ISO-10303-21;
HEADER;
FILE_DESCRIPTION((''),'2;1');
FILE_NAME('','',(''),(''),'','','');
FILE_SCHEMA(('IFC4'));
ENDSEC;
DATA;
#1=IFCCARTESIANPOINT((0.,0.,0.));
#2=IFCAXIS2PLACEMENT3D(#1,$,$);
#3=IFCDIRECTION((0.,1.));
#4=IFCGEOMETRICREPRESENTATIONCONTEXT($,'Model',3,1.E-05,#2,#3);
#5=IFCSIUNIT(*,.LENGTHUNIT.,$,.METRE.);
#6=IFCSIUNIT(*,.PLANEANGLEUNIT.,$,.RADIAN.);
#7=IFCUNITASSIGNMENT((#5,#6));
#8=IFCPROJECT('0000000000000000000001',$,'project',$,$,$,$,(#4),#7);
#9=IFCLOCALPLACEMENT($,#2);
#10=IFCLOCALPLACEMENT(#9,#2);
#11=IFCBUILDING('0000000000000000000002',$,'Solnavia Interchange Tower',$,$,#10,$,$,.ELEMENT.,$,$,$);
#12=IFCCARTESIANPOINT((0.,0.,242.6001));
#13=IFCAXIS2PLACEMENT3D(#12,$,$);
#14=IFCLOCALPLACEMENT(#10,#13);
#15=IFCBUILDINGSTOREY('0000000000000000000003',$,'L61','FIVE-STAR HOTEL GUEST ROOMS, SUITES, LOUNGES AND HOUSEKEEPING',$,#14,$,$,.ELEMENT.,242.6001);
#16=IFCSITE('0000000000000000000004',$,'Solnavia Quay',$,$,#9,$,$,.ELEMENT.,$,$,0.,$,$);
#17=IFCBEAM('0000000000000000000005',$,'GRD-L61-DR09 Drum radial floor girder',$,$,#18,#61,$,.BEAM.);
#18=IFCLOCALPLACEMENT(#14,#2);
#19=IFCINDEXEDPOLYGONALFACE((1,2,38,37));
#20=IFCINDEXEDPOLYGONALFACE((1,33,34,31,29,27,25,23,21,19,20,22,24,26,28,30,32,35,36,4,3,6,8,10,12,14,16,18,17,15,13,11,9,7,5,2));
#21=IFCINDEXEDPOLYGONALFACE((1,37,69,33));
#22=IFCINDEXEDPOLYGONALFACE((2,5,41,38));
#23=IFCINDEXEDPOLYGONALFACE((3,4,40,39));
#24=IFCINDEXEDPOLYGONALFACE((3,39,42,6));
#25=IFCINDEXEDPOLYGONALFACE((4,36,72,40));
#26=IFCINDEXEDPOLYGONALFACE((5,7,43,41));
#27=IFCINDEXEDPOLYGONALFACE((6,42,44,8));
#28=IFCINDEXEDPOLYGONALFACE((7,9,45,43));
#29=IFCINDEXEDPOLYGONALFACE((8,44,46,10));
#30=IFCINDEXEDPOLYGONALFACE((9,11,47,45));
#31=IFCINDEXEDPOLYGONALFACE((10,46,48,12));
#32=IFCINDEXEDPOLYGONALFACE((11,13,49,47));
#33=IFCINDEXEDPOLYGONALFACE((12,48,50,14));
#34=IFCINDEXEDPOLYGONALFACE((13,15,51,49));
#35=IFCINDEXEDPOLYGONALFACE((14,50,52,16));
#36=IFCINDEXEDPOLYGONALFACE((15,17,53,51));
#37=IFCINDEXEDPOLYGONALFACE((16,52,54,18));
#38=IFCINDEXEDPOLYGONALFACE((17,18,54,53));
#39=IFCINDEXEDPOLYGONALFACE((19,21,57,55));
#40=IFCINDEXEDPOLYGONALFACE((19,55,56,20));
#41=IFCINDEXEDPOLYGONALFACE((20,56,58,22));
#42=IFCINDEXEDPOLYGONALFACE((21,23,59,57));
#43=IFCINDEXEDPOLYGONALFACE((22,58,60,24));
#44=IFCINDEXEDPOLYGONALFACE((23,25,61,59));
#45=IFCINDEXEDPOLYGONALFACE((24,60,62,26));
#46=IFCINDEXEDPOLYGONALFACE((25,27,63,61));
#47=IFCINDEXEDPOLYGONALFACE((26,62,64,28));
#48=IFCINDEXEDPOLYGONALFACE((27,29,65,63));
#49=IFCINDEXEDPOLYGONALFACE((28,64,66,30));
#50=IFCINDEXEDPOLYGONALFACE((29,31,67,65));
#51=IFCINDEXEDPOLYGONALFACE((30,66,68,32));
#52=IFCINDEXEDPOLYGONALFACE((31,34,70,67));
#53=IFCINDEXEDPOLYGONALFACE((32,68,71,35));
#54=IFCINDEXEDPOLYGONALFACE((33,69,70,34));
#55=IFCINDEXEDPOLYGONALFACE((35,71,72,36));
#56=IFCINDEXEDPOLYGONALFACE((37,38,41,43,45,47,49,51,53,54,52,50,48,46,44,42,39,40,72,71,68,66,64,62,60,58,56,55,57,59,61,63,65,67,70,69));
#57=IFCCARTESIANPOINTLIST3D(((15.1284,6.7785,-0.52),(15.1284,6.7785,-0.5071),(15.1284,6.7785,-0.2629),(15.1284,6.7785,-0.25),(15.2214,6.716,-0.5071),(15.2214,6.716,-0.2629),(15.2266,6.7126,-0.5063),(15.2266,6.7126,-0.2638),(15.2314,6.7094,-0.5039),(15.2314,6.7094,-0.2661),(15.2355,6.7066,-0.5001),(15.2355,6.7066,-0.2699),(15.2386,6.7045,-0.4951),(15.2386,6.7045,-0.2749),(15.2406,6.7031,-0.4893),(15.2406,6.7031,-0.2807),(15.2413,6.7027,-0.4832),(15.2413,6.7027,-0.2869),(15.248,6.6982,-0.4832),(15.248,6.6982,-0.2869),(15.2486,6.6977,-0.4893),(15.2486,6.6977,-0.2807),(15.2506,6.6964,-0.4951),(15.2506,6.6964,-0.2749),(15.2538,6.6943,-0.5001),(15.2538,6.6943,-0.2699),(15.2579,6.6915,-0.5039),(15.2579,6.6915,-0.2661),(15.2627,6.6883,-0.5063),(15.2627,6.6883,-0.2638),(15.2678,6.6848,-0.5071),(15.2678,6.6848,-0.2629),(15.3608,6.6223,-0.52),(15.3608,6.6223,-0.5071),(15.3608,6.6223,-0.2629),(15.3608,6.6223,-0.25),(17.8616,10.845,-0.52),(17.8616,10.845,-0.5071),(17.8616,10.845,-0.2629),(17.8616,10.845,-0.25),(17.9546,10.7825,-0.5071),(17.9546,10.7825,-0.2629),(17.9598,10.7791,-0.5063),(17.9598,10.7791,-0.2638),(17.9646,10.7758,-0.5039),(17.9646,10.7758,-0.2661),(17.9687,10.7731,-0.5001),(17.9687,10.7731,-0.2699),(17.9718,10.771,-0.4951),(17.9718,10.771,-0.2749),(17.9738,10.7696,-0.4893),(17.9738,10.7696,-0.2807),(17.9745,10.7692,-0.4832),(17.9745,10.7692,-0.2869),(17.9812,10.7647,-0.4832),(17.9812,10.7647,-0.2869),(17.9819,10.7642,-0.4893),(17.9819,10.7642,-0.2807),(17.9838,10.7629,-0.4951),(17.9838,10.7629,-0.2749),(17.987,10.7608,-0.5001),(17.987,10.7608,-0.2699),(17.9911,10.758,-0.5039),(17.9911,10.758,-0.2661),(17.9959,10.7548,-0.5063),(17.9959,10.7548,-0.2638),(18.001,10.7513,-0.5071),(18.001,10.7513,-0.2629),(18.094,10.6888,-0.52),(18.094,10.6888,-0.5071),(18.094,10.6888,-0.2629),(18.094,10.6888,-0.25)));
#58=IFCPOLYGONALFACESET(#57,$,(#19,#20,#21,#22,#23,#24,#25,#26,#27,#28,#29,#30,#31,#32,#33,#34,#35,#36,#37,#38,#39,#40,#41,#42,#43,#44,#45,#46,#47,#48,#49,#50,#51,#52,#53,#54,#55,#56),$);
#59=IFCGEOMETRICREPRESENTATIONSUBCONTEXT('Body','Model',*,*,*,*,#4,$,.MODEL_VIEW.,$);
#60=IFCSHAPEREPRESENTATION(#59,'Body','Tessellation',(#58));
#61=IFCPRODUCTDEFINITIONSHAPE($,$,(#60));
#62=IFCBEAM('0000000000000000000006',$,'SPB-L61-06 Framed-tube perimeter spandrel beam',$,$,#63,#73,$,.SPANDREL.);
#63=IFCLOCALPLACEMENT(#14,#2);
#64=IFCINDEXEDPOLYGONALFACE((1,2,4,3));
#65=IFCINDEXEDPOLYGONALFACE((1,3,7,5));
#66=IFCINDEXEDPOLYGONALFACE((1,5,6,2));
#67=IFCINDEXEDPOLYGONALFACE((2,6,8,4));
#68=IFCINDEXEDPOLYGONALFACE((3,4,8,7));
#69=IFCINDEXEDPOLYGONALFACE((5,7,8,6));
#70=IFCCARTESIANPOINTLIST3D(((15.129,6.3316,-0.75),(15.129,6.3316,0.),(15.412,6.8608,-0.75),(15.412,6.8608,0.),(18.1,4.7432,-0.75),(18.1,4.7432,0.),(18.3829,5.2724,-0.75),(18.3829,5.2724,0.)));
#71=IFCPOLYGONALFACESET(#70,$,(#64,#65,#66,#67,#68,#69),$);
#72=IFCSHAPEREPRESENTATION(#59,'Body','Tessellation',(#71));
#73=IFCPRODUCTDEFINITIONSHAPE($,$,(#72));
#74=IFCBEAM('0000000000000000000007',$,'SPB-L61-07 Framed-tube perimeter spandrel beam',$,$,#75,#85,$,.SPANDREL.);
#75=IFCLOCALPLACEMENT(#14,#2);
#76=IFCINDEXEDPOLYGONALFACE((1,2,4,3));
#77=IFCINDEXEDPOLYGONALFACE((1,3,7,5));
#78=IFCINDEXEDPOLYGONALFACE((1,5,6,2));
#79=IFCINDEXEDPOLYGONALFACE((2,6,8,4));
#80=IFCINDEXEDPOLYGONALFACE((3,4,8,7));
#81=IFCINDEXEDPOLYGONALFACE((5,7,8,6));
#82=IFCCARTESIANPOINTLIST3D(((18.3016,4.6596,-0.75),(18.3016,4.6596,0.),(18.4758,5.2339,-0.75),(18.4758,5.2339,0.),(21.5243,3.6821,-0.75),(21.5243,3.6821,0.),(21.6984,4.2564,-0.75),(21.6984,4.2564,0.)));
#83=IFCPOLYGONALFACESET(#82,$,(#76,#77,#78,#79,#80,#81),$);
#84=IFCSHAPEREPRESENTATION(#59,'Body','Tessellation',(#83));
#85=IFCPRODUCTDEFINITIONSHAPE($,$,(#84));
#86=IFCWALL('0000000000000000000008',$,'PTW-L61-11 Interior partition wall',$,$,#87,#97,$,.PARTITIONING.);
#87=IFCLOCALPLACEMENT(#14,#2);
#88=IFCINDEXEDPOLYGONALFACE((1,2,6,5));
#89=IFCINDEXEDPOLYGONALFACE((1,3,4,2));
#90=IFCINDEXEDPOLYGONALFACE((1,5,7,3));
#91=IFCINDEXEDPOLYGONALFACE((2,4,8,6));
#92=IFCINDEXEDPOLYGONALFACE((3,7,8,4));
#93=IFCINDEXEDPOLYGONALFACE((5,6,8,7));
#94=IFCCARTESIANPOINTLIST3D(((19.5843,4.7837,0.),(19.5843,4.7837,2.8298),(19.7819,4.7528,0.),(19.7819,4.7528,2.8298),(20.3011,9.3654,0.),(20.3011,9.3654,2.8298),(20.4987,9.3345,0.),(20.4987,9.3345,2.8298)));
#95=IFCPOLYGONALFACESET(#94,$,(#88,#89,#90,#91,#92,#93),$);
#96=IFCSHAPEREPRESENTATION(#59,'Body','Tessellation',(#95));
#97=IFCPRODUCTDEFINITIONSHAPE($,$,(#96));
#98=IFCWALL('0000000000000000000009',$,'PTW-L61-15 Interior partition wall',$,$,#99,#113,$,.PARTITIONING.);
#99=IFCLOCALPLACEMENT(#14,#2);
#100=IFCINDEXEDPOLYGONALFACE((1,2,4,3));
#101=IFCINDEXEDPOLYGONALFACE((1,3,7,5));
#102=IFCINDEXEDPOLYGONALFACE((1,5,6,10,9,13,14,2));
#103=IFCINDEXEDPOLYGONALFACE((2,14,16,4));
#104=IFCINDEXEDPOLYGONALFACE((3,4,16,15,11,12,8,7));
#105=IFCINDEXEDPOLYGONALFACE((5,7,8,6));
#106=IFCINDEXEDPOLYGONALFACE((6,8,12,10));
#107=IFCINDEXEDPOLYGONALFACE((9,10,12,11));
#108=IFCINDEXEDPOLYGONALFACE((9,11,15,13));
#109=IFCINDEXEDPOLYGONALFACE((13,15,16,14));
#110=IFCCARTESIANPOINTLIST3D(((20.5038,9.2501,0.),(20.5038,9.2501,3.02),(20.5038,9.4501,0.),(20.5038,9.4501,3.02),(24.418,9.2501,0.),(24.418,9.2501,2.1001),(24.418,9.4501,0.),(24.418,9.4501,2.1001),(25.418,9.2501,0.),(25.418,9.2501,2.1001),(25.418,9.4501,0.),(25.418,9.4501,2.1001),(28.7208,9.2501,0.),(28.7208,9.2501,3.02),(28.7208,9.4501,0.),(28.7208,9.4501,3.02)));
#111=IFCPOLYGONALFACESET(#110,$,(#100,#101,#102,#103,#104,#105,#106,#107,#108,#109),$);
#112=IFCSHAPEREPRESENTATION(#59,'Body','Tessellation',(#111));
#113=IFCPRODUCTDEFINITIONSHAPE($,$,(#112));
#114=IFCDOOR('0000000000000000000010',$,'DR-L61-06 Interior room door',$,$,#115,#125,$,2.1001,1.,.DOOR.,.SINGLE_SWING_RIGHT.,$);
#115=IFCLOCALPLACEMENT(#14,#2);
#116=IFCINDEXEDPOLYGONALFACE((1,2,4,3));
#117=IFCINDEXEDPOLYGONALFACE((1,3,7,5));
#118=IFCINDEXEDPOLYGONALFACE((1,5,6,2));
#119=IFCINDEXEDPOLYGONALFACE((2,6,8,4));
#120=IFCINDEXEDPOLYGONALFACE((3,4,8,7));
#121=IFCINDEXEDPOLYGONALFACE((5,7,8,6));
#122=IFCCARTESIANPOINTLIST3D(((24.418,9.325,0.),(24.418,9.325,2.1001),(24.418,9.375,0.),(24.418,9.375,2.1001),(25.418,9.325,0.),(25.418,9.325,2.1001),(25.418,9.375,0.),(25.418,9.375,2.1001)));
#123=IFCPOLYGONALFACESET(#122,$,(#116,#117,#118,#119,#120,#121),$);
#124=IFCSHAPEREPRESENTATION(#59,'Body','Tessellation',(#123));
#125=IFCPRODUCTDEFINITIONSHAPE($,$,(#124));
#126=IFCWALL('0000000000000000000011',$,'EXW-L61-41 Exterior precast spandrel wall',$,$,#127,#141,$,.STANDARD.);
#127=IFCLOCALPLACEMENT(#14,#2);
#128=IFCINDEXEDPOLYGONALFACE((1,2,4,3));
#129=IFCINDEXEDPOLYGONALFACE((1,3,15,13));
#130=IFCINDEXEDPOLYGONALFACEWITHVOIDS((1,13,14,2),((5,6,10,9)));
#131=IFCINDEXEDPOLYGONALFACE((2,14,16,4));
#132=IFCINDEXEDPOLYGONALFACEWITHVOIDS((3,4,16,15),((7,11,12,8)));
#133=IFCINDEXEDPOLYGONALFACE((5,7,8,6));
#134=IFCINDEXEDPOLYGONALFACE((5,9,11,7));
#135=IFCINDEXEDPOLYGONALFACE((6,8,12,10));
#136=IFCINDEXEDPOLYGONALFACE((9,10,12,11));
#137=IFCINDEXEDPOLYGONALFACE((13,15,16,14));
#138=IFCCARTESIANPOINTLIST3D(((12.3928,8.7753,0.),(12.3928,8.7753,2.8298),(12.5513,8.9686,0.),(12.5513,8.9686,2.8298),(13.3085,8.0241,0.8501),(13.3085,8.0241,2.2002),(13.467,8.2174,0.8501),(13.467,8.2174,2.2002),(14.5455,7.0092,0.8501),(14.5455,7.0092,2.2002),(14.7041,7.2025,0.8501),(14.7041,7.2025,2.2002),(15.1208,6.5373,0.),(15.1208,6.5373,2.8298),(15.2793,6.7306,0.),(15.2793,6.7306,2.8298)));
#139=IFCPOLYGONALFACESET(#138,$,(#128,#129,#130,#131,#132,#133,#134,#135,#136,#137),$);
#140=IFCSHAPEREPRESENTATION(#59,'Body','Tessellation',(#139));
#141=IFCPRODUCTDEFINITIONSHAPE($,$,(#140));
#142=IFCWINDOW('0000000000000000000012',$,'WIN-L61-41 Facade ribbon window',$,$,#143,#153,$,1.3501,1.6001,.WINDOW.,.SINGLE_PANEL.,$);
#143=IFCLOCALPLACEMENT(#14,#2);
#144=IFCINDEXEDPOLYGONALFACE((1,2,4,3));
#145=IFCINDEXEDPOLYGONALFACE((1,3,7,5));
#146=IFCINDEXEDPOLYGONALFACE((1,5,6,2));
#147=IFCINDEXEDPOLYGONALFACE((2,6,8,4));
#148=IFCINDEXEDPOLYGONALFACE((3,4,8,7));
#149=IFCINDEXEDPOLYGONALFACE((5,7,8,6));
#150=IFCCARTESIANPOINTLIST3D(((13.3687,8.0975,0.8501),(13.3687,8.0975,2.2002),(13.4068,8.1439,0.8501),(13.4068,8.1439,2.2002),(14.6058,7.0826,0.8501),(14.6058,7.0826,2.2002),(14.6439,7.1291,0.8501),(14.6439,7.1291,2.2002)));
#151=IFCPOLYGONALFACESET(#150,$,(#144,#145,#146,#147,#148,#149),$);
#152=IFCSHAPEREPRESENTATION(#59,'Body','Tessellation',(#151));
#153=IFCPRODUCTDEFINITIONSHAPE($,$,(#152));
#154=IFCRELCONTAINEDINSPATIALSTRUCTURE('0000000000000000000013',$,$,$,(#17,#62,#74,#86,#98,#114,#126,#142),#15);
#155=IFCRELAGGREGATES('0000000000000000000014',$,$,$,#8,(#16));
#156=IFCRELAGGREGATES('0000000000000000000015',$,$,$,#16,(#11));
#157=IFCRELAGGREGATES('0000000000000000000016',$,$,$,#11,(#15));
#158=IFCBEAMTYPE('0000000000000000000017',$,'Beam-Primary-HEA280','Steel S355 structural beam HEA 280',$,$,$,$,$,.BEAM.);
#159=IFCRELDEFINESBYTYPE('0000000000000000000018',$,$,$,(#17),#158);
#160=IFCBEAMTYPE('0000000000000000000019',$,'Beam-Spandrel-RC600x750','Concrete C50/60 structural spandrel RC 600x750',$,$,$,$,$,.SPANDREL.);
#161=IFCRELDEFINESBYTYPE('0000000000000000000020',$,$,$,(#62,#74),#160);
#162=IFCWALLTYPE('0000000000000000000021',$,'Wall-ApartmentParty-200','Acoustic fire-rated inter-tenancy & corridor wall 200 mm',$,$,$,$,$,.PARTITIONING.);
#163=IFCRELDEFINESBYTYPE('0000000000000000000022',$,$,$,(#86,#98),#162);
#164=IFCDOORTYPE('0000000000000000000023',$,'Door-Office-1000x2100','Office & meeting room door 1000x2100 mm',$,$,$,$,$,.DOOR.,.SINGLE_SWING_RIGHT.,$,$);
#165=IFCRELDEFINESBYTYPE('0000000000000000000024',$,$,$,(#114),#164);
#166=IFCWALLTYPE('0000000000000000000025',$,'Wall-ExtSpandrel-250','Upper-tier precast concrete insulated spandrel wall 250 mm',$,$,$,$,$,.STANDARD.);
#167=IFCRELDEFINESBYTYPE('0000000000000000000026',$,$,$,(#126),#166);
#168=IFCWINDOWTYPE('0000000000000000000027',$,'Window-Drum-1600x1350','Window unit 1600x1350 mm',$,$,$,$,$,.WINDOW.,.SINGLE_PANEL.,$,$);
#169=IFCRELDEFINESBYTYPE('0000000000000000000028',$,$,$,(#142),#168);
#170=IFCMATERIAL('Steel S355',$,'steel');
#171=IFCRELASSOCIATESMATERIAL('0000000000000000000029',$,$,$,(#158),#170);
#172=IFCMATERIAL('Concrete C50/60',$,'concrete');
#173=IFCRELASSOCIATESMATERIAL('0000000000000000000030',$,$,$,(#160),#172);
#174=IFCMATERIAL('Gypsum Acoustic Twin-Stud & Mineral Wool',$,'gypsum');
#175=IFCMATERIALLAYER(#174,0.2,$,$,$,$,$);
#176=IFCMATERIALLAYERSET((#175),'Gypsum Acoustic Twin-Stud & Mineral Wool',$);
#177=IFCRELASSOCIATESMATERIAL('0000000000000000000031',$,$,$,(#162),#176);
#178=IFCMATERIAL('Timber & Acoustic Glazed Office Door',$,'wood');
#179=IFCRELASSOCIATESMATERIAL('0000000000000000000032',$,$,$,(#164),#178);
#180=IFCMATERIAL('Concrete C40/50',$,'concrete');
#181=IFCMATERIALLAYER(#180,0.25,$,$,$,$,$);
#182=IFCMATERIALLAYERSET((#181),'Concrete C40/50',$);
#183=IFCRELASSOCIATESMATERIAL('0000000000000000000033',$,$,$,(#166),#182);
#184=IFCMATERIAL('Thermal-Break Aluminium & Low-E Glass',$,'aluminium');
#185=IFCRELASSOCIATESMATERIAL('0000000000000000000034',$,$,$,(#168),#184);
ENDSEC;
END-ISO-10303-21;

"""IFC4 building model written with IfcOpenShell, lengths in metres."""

from ifc_helpers import new_model, si_unit, direction, frame, frame_2d, origin, origin_2d, place, context, subcontext, project, spatial, rectangle, i_section, extrude, material, layer, layer_set, material_profile, profile_set, type_object, element, fill, save


model = new_model("IFC4")

# Units and contexts
model_context = context("Model", 3, precision=1e-05, world=origin(), true_north=direction((0.0, 1.0)))
body_context = subcontext(model_context, "Body", "Model", "MODEL_VIEW")
ifc_project = project(units=[si_unit("LENGTHUNIT", "METRE"), si_unit("PLANEANGLEUNIT", "RADIAN")], contexts=[model_context])

# Site, building, storey
site_placement = place(None, origin())
site = spatial("IfcSite", under=ifc_project, at=site_placement, Name="Solnavia Quay", CompositionType="ELEMENT", RefElevation=0.0)
building_placement = place(site_placement, origin())
building = spatial("IfcBuilding", under=site, at=building_placement, Name="Solnavia Interchange Tower", CompositionType="ELEMENT")
storey_placement = place(building_placement, frame((0.0, 0.0, 242.6001)))
storey = spatial("IfcBuildingStorey", under=building, at=storey_placement, Name="L61", Description="FIVE-STAR HOTEL GUEST ROOMS, SUITES, LOUNGES AND HOUSEKEEPING", CompositionType="ELEMENT", Elevation=242.6001)

# Shared definitions
ifc_material_1 = material(Name="Concrete C50/60", Category="concrete")

# Beams
ifc_material_2 = material(Name="Steel S355", Category="steel")
ifc_material_profile_1 = material_profile(ifc_material_2, i_section(OverallWidth=0.28, OverallDepth=0.27, WebThickness=0.0081, FlangeThickness=0.0129, FilletRadius=0.0239, at=origin_2d()), Name="HEA 280")
ifc_profile_set_1 = profile_set([ifc_material_profile_1], Name="Steel S355")
beam_type_1 = type_object("IfcBeamType", Name="Beam-Primary-HEA280", Description="Steel S355 structural beam HEA 280", PredefinedType="BEAM", material=ifc_profile_set_1)
beam_1_placement = place(storey_placement, frame((15.2446, 6.7004, -0.385), z_axis=(0.557835, 0.829952, 0.0), x_axis=(-0.829952, 0.557835, 0.0)))
element("IfcBeam", 1, at=beam_1_placement, inside=storey, type_object=beam_type_1, Name="GRD-L61-DR09 Drum radial floor girder", PredefinedType="BEAM", context=body_context, shape_type="SweptSolid", body=[
    extrude(i_section(OverallWidth=0.28, OverallDepth=0.27, WebThickness=0.0081, FlangeThickness=0.0129, FilletRadius=0.0239, at=origin_2d()), origin(), (0.0, 0.0, 1.0), 4.8997),
])
ifc_material_profile_2 = material_profile(ifc_material_1, rectangle(XDim=0.6001, YDim=0.75, at=origin_2d()), Name="RC 600x750")
ifc_profile_set_2 = profile_set([ifc_material_profile_2], Name="Concrete C50/60")
beam_type_2 = type_object("IfcBeamType", Name="Beam-Spandrel-RC600x750", Description="Concrete C50/60 structural spandrel RC 600x750", PredefinedType="SPANDREL", material=ifc_profile_set_2)
beam_2_placement = place(storey_placement, frame((15.2705, 6.5962, -0.375), z_axis=(0.881875, -0.471483, 0.0), x_axis=(0.471483, 0.881875, 0.0)))
element("IfcBeam", 2, at=beam_2_placement, inside=storey, type_object=beam_type_2, Name="SPB-L61-06 Framed-tube perimeter spandrel beam", PredefinedType="SPANDREL", context=body_context, shape_type="SweptSolid", body=[
    extrude(rectangle(XDim=0.6001, YDim=0.75, at=origin_2d()), origin(), (0.0, 0.0, 1.0), 3.3689),
])
beam_3_placement = place(storey_placement, frame((18.3887, 4.9468, -0.375), z_axis=(0.956944, -0.290273, 0.0), x_axis=(0.290273, 0.956944, 0.0)))
element("IfcBeam", 3, at=beam_3_placement, inside=storey, type_object=beam_type_2, Name="SPB-L61-07 Framed-tube perimeter spandrel beam", PredefinedType="SPANDREL", context=body_context, shape_type="SweptSolid", body=[
    extrude(rectangle(XDim=0.6001, YDim=0.75, at=origin_2d()), origin(), (0.0, 0.0, 1.0), 3.3677),
])

# Wall
ifc_material_3 = material(Name="Gypsum Acoustic Twin-Stud & Mineral Wool", Category="gypsum")
ifc_layer_1 = layer(ifc_material_3, 0.2)
ifc_layer_set_1 = layer_set([ifc_layer_1], Name="Gypsum Acoustic Twin-Stud & Mineral Wool")
wall_type_1 = type_object("IfcWallType", Name="Wall-ApartmentParty-200", Description="Acoustic fire-rated inter-tenancy & corridor wall 200 mm", PredefinedType="PARTITIONING", material=ifc_layer_set_1)
wall_1_placement = place(storey_placement, frame((20.3999, 9.3501, 0.0), z_axis=(0.0, 0.0, 1.0), x_axis=(-0.154565, -0.987983, 0.0)))
element("IfcWall", 4, at=wall_1_placement, inside=storey, type_object=wall_type_1, Name="PTW-L61-11 Interior partition wall", PredefinedType="PARTITIONING", context=body_context, shape_type="SweptSolid", body=[
    extrude(rectangle(XDim=4.6375, YDim=0.2, at=frame_2d((2.3188, 0.0))), origin(), (0.0, 0.0, 1.0), 2.8298),
])

# Wall, opening, door
wall_2_placement = place(storey_placement, frame((20.5039, 9.3501, 0.0), z_axis=(0.0, 0.0, 1.0), x_axis=(1.0, 0.0, 0.0)))
wall_2 = element("IfcWall", 5, at=wall_2_placement, inside=storey, type_object=wall_type_1, Name="PTW-L61-15 Interior partition wall", PredefinedType="PARTITIONING", context=body_context, shape_type="SweptSolid", body=[
    extrude(rectangle(XDim=8.217, YDim=0.2, at=frame_2d((4.1084, 0.0))), origin(), (0.0, 0.0, 1.0), 3.02),
])
opening_1_placement = place(wall_2_placement, frame((3.9141, 0.0, 0.0)))
opening_1 = element("IfcOpeningElement", 6, at=opening_1_placement, cuts=wall_2, PredefinedType="OPENING", context=body_context, shape_type="SweptSolid", body=[
    extrude(rectangle(XDim=1.0, YDim=2.1001, at=frame_2d((0.5, 1.05))), frame((0.0, 0.1099, 0.0), z_axis=(0.0, -1.0, 0.0), x_axis=(1.0, 0.0, 0.0)), (0.0, 0.0, 1.0), 0.22),
])
ifc_material_4 = material(Name="Timber & Acoustic Glazed Office Door", Category="wood")
door_type_1 = type_object("IfcDoorType", Name="Door-Office-1000x2100", Description="Office & meeting room door 1000x2100 mm", OperationType="SINGLE_SWING_RIGHT", PredefinedType="DOOR", material=ifc_material_4)
door_1_placement = place(opening_1_placement, origin())
door_1 = element("IfcDoor", 7, at=door_1_placement, inside=storey, type_object=door_type_1, Name="DR-L61-06 Interior room door", OperationType="SINGLE_SWING_RIGHT", OverallHeight=2.1001, OverallWidth=1.0, PredefinedType="DOOR", context=body_context, shape_type="SweptSolid", body=[
    extrude(rectangle(XDim=1.0, YDim=2.1001, at=frame_2d((0.5, 1.05))), frame((0.0, 0.0249, 0.0), z_axis=(0.0, -1.0, 0.0), x_axis=(1.0, 0.0, 0.0)), (0.0, 0.0, 1.0), 0.05),
])
fill(opening_1, door_1)

# Wall, opening, window
ifc_material_5 = material(Name="Concrete C40/50", Category="concrete")
ifc_layer_2 = layer(ifc_material_5, 0.25)
ifc_layer_set_2 = layer_set([ifc_layer_2], Name="Concrete C40/50")
wall_type_2 = type_object("IfcWallType", Name="Wall-ExtSpandrel-250", Description="Upper-tier precast concrete insulated spandrel wall 250 mm", PredefinedType="STANDARD", material=ifc_layer_set_2)
wall_3_placement = place(storey_placement, frame((15.2, 6.634, 0.0), z_axis=(0.0, 0.0, 1.0), x_axis=(-0.773121, 0.634258, 0.0)))
wall_3 = element("IfcWall", 8, at=wall_3_placement, inside=storey, type_object=wall_type_2, Name="EXW-L61-41 Exterior precast spandrel wall", PredefinedType="STANDARD", context=body_context, shape_type="SweptSolid", body=[
    extrude(rectangle(XDim=3.5286, YDim=0.25, at=frame_2d((1.7642, 0.0))), origin(), (0.0, 0.0, 1.0), 2.8298),
])
opening_2_placement = place(wall_3_placement, frame((0.7439, 0.0, 0.8501)))
opening_2 = element("IfcOpeningElement", 9, at=opening_2_placement, cuts=wall_3, PredefinedType="OPENING", context=body_context, shape_type="SweptSolid", body=[
    extrude(rectangle(XDim=1.6001, YDim=1.3501, at=frame_2d((0.8, 0.675))), frame((0.0, 0.135, 0.0), z_axis=(0.0, -1.0, 0.0), x_axis=(1.0, 0.0, 0.0)), (0.0, 0.0, 1.0), 0.27),
])
ifc_material_6 = material(Name="Thermal-Break Aluminium & Low-E Glass", Category="aluminium")
window_type = type_object("IfcWindowType", Name="Window-Drum-1600x1350", Description="Window unit 1600x1350 mm", PartitioningType="SINGLE_PANEL", PredefinedType="WINDOW", material=ifc_material_6)
window_1_placement = place(opening_2_placement, origin())
window_1 = element("IfcWindow", 10, at=window_1_placement, inside=storey, type_object=window_type, Name="WIN-L61-41 Facade ribbon window", OverallHeight=1.3501, OverallWidth=1.6001, PartitioningType="SINGLE_PANEL", PredefinedType="WINDOW", context=body_context, shape_type="SweptSolid", body=[
    extrude(rectangle(XDim=1.6001, YDim=1.3501, at=frame_2d((0.8, 0.675))), frame((0.0, 0.03, 0.0), z_axis=(0.0, -1.0, 0.0), x_axis=(1.0, 0.0, 0.0)), (0.0, 0.0, 1.0), 0.0601),
])
fill(opening_2, window_1)

save(model, "model.ifc")
